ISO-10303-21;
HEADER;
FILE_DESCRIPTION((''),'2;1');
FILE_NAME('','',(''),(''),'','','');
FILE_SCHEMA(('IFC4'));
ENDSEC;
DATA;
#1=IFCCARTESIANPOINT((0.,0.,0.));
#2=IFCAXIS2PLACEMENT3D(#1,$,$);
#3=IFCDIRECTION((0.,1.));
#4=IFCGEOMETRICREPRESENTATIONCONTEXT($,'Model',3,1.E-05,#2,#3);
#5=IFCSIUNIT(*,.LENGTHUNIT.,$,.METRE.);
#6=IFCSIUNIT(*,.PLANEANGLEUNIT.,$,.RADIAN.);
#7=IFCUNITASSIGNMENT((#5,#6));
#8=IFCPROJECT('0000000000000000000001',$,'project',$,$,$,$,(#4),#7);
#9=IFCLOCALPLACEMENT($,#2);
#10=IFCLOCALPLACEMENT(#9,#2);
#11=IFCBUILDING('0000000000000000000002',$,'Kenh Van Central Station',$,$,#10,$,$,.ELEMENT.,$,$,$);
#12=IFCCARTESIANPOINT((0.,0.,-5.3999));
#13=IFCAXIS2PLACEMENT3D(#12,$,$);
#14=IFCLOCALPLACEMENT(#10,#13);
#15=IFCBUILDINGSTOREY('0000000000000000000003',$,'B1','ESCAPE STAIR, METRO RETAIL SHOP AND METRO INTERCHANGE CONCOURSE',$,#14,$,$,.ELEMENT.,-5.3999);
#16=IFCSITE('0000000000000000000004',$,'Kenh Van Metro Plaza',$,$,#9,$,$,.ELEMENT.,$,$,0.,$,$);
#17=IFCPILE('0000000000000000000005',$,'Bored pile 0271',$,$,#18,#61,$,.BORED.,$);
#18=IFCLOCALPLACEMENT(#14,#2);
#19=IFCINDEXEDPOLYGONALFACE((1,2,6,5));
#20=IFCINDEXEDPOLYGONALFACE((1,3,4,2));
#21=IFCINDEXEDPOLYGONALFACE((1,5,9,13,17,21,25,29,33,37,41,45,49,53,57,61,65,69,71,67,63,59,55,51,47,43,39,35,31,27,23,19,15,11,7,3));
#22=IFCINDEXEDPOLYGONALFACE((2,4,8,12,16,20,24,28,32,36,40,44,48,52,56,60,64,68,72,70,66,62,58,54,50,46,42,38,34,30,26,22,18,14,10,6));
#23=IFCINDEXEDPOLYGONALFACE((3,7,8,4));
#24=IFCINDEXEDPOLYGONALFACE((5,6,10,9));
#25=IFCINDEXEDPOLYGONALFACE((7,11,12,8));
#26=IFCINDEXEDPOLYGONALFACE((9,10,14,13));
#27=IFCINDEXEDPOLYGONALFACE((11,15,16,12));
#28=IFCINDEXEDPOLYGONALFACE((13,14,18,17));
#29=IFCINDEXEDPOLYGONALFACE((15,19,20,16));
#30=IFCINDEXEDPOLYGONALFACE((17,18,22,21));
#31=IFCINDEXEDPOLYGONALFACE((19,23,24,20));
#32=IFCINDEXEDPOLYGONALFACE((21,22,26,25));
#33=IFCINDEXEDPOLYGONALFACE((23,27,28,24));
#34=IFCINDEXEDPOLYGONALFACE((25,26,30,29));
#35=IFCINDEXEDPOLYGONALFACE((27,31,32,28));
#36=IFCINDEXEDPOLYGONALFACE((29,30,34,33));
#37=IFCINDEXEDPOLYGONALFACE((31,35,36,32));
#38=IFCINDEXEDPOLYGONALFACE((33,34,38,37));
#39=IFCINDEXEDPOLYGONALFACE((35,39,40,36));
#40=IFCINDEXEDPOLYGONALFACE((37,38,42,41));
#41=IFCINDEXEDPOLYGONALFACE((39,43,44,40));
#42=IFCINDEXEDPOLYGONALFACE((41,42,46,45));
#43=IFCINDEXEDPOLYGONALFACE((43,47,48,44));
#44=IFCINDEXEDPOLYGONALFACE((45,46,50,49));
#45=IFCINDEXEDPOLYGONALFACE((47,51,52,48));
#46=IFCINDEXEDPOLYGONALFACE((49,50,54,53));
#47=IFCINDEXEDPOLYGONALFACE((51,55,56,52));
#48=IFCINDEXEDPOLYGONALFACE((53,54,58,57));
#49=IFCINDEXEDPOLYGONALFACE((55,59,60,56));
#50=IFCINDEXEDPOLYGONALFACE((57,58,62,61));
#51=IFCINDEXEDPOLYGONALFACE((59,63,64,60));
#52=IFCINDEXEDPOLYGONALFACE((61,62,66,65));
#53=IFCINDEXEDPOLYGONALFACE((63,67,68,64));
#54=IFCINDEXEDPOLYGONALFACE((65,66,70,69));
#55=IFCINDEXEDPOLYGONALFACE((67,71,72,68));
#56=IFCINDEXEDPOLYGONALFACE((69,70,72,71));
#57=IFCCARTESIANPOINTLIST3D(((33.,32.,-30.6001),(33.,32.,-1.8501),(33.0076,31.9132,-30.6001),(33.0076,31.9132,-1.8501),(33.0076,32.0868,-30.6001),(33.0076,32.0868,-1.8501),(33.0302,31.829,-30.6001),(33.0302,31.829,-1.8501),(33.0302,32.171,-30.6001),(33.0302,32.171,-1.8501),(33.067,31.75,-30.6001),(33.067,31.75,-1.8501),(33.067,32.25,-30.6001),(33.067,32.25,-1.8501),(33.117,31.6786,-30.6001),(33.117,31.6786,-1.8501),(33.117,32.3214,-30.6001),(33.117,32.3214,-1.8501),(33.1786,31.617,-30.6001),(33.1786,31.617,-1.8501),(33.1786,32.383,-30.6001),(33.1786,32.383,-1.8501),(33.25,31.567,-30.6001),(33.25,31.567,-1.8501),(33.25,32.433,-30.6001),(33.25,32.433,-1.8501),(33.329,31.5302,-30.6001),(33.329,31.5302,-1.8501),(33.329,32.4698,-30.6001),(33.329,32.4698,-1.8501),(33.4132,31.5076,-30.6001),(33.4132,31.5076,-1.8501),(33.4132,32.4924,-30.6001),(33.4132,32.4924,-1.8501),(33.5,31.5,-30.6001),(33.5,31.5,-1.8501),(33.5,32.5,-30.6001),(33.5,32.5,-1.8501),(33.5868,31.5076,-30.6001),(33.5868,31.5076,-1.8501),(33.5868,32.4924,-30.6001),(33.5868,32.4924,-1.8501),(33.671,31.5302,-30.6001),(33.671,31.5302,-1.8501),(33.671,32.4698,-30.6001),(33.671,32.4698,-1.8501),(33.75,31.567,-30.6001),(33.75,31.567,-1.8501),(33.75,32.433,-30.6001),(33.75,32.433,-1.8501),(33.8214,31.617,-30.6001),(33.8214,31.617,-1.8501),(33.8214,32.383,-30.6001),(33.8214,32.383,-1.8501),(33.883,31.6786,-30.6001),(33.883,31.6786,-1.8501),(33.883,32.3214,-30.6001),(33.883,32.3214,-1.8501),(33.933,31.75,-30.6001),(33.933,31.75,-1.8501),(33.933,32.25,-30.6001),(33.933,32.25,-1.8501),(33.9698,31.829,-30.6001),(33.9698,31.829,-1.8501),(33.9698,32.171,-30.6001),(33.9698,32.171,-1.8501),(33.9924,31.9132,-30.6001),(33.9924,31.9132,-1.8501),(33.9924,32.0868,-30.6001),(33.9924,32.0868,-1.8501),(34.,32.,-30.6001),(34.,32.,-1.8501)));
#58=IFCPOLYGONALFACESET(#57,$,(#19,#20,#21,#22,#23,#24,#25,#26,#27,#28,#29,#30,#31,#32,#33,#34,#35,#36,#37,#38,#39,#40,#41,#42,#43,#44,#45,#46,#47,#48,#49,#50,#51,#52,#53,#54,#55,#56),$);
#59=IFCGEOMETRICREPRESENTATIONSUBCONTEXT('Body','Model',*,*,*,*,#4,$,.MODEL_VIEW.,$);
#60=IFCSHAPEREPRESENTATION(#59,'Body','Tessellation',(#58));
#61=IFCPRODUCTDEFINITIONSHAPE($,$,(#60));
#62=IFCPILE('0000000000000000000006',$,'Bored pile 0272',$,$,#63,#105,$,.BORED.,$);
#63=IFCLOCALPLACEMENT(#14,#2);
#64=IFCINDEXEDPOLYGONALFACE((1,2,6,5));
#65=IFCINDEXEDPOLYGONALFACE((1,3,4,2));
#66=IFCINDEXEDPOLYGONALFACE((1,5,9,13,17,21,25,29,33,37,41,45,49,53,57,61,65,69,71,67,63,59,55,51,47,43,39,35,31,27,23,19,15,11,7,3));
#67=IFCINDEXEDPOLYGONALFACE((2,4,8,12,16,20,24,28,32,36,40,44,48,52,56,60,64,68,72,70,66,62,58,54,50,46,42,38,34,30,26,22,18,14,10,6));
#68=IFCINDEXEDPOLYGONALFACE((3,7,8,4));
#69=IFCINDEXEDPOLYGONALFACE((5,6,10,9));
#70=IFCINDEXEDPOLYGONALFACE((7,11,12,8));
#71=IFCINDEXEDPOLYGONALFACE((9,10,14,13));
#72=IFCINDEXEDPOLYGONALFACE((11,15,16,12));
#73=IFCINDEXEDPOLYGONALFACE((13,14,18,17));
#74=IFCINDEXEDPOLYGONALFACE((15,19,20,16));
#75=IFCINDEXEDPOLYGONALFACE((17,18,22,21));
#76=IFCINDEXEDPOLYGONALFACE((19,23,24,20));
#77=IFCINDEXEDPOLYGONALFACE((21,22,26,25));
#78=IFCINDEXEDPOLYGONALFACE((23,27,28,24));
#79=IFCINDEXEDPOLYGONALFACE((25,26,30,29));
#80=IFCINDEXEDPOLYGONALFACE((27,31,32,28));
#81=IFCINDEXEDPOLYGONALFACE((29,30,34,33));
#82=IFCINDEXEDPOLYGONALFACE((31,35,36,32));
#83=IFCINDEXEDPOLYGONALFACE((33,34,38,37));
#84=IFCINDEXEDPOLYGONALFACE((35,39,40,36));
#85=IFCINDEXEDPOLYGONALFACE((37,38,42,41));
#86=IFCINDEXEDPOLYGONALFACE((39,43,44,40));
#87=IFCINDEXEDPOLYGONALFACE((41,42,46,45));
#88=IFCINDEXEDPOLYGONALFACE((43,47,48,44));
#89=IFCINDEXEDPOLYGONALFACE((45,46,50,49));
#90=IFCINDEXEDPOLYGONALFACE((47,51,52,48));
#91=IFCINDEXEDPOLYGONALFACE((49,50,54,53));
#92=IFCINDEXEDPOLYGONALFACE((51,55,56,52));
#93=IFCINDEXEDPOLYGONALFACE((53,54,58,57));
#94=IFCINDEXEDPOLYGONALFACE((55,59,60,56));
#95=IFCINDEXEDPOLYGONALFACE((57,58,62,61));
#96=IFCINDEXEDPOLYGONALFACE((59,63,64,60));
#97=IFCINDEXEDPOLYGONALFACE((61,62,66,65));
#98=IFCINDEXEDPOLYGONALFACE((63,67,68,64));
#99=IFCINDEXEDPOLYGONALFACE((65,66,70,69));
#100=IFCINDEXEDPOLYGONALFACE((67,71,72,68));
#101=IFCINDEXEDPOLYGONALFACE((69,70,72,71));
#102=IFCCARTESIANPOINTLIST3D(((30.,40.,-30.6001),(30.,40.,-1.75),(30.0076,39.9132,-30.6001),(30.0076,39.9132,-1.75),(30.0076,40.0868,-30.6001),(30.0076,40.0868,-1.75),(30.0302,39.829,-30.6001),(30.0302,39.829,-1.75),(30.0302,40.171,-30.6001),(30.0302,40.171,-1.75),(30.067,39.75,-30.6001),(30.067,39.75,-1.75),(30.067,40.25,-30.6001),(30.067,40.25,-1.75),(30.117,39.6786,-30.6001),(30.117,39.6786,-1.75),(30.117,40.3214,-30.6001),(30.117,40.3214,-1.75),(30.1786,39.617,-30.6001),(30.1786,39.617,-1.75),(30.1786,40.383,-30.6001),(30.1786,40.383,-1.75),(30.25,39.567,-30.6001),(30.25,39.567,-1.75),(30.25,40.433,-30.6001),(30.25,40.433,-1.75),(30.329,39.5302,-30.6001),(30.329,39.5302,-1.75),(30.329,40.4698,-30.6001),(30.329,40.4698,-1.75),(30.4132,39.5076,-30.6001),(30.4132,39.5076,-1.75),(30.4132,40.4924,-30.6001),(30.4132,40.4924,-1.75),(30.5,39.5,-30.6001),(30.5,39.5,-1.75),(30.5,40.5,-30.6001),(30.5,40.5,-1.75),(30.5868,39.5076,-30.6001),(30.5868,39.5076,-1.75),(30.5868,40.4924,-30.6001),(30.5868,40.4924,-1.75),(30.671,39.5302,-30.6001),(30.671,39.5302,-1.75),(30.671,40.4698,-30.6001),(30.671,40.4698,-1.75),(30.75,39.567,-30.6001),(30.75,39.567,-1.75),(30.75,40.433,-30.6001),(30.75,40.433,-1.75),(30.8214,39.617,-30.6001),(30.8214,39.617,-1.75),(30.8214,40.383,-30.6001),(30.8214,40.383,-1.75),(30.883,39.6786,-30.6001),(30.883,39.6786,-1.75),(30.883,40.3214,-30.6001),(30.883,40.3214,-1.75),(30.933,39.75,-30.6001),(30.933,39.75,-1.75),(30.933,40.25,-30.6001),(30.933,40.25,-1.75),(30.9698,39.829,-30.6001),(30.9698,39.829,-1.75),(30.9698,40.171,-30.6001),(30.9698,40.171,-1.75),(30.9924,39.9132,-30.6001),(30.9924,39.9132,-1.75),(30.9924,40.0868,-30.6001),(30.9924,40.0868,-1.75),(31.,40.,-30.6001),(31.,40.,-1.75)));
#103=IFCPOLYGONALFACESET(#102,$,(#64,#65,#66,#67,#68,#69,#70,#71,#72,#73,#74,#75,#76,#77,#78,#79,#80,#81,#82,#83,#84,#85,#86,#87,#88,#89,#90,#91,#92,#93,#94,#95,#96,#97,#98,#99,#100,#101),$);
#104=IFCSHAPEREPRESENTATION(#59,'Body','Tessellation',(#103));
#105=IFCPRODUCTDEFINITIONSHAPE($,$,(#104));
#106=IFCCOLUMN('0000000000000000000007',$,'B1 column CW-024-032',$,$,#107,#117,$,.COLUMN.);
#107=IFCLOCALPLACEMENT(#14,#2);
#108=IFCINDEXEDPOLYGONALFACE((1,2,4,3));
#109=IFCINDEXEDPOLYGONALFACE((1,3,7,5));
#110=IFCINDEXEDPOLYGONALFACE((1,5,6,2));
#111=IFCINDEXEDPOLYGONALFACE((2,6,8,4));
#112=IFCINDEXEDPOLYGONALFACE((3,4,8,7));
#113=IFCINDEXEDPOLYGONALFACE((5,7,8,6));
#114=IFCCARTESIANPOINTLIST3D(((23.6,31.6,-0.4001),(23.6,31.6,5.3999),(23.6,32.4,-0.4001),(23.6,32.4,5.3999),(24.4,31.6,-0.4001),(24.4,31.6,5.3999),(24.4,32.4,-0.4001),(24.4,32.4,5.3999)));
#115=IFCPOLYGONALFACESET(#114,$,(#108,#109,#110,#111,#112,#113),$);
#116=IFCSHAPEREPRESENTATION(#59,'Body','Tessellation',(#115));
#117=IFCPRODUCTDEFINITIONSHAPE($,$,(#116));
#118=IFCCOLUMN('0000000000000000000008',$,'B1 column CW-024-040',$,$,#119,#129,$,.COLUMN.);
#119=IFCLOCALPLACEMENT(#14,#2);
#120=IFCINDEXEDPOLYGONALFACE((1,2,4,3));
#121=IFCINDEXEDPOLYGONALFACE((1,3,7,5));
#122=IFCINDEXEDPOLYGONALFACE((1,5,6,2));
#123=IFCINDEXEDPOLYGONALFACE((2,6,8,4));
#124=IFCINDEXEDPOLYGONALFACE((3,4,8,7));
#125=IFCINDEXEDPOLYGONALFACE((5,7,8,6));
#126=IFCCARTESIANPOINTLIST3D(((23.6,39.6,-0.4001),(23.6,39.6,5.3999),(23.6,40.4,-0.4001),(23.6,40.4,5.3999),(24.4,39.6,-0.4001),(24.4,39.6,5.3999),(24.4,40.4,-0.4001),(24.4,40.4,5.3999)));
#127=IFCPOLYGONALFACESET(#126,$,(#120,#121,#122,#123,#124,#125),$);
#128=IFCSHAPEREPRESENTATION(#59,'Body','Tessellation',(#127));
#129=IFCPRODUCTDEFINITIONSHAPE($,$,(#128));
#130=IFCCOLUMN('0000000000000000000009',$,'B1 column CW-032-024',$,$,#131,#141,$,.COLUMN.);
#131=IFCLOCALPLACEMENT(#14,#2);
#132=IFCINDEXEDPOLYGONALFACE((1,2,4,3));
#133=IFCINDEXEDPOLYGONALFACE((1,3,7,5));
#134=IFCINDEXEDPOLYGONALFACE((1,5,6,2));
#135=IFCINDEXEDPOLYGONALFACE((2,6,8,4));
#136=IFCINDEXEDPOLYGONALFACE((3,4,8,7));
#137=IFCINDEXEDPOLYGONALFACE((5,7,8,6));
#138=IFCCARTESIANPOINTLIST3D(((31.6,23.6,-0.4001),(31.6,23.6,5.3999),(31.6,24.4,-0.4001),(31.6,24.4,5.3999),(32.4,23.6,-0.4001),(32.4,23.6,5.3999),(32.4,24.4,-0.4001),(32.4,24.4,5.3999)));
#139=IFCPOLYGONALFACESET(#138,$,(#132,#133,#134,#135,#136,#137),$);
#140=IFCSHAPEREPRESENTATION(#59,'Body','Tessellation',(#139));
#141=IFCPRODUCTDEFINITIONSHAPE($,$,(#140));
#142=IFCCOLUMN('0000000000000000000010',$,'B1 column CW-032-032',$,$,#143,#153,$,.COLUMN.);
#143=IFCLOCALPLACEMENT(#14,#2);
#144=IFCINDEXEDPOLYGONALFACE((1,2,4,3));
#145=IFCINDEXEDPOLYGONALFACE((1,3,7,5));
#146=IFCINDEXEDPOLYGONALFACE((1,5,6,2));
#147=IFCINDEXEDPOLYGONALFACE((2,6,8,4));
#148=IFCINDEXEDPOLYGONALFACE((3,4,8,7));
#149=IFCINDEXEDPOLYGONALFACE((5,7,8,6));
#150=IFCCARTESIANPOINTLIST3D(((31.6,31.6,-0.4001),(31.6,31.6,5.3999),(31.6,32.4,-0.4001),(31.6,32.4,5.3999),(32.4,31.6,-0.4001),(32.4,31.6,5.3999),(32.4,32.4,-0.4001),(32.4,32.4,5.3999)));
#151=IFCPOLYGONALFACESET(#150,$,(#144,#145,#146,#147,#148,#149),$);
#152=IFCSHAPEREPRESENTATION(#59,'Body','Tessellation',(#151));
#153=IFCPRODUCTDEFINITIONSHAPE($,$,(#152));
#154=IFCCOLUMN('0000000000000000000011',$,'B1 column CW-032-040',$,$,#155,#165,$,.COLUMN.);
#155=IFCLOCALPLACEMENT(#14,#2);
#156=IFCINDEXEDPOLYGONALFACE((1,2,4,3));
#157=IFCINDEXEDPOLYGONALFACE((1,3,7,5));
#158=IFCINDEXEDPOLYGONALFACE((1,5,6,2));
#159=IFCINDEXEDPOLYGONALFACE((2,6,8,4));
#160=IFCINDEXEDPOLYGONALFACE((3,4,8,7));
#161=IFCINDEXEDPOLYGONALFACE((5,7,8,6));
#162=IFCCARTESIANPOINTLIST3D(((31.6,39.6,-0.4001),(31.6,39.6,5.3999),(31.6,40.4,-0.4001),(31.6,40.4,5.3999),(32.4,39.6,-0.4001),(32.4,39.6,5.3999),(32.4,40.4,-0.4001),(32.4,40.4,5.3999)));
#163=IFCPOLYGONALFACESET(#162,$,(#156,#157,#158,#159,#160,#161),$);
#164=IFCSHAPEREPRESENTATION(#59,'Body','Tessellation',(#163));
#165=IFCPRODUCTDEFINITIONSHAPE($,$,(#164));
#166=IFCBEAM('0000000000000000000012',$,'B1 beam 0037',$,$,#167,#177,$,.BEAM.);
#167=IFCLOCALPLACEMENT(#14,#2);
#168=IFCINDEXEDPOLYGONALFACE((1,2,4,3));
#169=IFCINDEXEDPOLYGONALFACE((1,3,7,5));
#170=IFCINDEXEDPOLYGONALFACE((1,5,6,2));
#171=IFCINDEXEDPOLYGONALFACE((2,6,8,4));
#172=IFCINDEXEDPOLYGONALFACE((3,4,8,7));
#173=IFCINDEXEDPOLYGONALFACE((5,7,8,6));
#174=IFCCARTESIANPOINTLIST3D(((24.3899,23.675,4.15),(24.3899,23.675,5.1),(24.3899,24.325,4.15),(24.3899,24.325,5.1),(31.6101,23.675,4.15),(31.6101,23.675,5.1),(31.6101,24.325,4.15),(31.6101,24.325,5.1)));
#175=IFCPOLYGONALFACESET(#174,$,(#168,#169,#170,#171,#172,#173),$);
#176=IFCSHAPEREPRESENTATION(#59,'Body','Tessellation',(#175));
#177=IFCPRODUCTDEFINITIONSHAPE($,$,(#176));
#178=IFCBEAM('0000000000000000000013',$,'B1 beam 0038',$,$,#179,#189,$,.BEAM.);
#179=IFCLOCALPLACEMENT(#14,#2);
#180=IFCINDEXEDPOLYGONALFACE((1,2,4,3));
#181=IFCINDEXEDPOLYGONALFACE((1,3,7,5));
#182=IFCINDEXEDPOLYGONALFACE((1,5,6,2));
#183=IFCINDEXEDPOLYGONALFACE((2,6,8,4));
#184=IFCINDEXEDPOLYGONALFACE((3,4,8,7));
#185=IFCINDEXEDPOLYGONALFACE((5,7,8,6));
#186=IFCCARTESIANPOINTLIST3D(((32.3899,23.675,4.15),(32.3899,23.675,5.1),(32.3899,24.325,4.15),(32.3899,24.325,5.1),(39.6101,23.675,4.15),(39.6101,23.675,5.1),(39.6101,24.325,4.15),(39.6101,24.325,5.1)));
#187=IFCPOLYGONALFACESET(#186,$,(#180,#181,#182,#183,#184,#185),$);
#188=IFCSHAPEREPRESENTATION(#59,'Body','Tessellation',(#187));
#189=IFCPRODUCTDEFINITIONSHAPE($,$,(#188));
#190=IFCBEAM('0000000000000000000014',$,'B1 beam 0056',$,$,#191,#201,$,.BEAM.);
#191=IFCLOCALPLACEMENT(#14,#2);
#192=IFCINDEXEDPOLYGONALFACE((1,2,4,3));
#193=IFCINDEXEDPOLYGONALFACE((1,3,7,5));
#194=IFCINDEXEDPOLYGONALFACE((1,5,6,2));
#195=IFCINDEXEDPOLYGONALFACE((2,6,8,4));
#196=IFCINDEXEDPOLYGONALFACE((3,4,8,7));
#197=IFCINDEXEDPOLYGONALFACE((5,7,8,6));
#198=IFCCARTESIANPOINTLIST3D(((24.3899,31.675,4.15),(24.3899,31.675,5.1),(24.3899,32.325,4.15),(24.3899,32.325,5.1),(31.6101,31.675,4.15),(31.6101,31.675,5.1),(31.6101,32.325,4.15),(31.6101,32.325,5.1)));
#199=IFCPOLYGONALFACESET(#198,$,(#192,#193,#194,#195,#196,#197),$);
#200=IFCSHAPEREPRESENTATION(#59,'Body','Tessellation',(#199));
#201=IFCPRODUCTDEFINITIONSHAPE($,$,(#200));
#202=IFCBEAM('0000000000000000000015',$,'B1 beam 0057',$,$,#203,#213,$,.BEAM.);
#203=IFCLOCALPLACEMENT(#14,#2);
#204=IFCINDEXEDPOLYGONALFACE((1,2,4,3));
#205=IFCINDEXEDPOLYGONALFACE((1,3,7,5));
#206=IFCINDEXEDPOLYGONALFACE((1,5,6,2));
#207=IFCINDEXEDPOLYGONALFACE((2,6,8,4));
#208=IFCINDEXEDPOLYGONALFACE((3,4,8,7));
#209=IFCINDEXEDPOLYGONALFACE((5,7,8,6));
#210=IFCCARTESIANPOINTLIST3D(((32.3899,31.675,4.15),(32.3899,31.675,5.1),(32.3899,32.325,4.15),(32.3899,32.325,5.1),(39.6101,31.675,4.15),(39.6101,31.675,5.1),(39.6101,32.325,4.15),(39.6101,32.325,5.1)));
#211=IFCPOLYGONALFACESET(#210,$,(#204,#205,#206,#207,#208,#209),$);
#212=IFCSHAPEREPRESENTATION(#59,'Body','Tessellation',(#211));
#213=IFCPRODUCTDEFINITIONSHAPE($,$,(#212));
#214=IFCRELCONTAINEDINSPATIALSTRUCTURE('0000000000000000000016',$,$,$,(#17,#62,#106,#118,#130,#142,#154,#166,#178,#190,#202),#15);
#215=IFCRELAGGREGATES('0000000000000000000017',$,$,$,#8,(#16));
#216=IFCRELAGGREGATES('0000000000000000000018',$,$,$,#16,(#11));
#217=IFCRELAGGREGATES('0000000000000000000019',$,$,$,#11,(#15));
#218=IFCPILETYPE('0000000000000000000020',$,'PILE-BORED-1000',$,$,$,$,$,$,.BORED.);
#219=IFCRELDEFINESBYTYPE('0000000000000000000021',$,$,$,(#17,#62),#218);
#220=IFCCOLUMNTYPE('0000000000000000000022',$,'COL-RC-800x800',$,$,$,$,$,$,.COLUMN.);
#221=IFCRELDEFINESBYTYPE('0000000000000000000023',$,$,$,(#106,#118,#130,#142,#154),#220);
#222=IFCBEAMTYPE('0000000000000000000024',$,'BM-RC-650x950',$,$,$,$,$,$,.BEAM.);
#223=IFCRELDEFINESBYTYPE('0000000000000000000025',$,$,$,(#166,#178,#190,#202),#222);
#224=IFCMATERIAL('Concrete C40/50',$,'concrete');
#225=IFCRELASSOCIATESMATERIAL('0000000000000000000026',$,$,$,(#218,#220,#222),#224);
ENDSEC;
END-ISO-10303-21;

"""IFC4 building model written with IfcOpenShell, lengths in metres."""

from ifc_helpers import new_model, si_unit, direction, frame, origin, origin_2d, place, context, subcontext, project, spatial, rectangle, circle, extrude, material, material_profile, profile_set, type_object, element, save


model = new_model("IFC4")

# Units and contexts
model_context = context("Model", 3, precision=1e-05, world=origin(), true_north=direction((0.0, 1.0)))
body_context = subcontext(model_context, "Body", "Model", "MODEL_VIEW")
ifc_project = project(units=[si_unit("LENGTHUNIT", "METRE"), si_unit("PLANEANGLEUNIT", "RADIAN")], contexts=[model_context])

# Site, building, storey
site_placement = place(None, origin())
site = spatial("IfcSite", under=ifc_project, at=site_placement, Name="Kenh Van Metro Plaza", CompositionType="ELEMENT", RefElevation=0.0)
building_placement = place(site_placement, origin())
building = spatial("IfcBuilding", under=site, at=building_placement, Name="Kenh Van Central Station", CompositionType="ELEMENT")
storey_placement = place(building_placement, frame((0.0, 0.0, -5.3999)))
storey = spatial("IfcBuildingStorey", under=building, at=storey_placement, Name="B1", Description="ESCAPE STAIR, METRO RETAIL SHOP AND METRO INTERCHANGE CONCOURSE", CompositionType="ELEMENT", Elevation=-5.3999)

# Shared definitions
ifc_material_1 = material(Name="Concrete C40/50", Category="concrete")

# Piles
ifc_material_profile_1 = material_profile(ifc_material_1, circle(Radius=0.5, at=origin_2d()), Name="PILE D1000")
ifc_profile_set_1 = profile_set([ifc_material_profile_1], Name="Concrete C40/50")
pile_type = type_object("IfcPileType", Name="PILE-BORED-1000", PredefinedType="BORED", material=ifc_profile_set_1)
for number, where, z_axis, x_axis, name in (
    (1, (33.5, 32.0, -1.8501), (0.0, 0.0, -1.0), (1.0, 0.0, 0.0), "Bored pile 0271"),
):
    element("IfcPile", number, at=place(storey_placement, frame(where, z_axis=z_axis, x_axis=x_axis)), inside=storey, type_object=pile_type, Name=name, PredefinedType="BORED", context=body_context, shape_type="SweptSolid", body=[
        extrude(circle(Radius=0.5, at=origin_2d()), origin(), (0.0, 0.0, 1.0), 28.75),
    ])
pile_1_placement = place(storey_placement, frame((30.5, 40.0, -1.75), z_axis=(0.0, 0.0, -1.0), x_axis=(1.0, 0.0, 0.0)))
element("IfcPile", 2, at=pile_1_placement, inside=storey, type_object=pile_type, Name="Bored pile 0272", PredefinedType="BORED", context=body_context, shape_type="SweptSolid", body=[
    extrude(circle(Radius=0.5, at=origin_2d()), origin(), (0.0, 0.0, 1.0), 28.8501),
])

# Columns
ifc_material_profile_2 = material_profile(ifc_material_1, rectangle(XDim=0.8, YDim=0.8, at=origin_2d()), Name="RC 800x800")
ifc_profile_set_2 = profile_set([ifc_material_profile_2], Name="Concrete C40/50")
column_type = type_object("IfcColumnType", Name="COL-RC-800x800", PredefinedType="COLUMN", material=ifc_profile_set_2)
for number, where, z_axis, x_axis, name in (
    (3, (24.0, 32.0, -0.4001), (0.0, 0.0, 1.0), (1.0, 0.0, 0.0), "B1 column CW-024-032"),
    (4, (24.0, 40.0, -0.4001), (0.0, 0.0, 1.0), (1.0, 0.0, 0.0), "B1 column CW-024-040"),
    (5, (32.0, 24.0, -0.4001), (0.0, 0.0, 1.0), (1.0, 0.0, 0.0), "B1 column CW-032-024"),
    (6, (32.0, 32.0, -0.4001), (0.0, 0.0, 1.0), (1.0, 0.0, 0.0), "B1 column CW-032-032"),
    (7, (32.0, 40.0, -0.4001), (0.0, 0.0, 1.0), (1.0, 0.0, 0.0), "B1 column CW-032-040"),
):
    element("IfcColumn", number, at=place(storey_placement, frame(where, z_axis=z_axis, x_axis=x_axis)), inside=storey, type_object=column_type, Name=name, PredefinedType="COLUMN", context=body_context, shape_type="SweptSolid", body=[
        extrude(rectangle(XDim=0.8, YDim=0.8, at=origin_2d()), origin(), (0.0, 0.0, 1.0), 5.8),
    ])

# Beams
ifc_material_profile_3 = material_profile(ifc_material_1, rectangle(XDim=0.6499, YDim=0.95, at=origin_2d()), Name="RC 650x950")
ifc_profile_set_3 = profile_set([ifc_material_profile_3], Name="Concrete C40/50")
beam_type = type_object("IfcBeamType", Name="BM-RC-650x950", PredefinedType="BEAM", material=ifc_profile_set_3)
for number, where, z_axis, x_axis, name in (
    (8, (24.3899, 24.0, 4.625), (1.0, 0.0, 0.0), (0.0, 1.0, 0.0), "B1 beam 0037"),
    (9, (32.3899, 24.0, 4.625), (1.0, 0.0, 0.0), (0.0, 1.0, 0.0), "B1 beam 0038"),
    (10, (24.3899, 32.0, 4.625), (1.0, 0.0, 0.0), (0.0, 1.0, 0.0), "B1 beam 0056"),
    (11, (32.3899, 32.0, 4.625), (1.0, 0.0, 0.0), (0.0, 1.0, 0.0), "B1 beam 0057"),
):
    element("IfcBeam", number, at=place(storey_placement, frame(where, z_axis=z_axis, x_axis=x_axis)), inside=storey, type_object=beam_type, Name=name, PredefinedType="BEAM", context=body_context, shape_type="SweptSolid", body=[
        extrude(rectangle(XDim=0.6499, YDim=0.95, at=origin_2d()), origin(), (0.0, 0.0, 1.0), 7.2202),
    ])

save(model, "model.ifc")
